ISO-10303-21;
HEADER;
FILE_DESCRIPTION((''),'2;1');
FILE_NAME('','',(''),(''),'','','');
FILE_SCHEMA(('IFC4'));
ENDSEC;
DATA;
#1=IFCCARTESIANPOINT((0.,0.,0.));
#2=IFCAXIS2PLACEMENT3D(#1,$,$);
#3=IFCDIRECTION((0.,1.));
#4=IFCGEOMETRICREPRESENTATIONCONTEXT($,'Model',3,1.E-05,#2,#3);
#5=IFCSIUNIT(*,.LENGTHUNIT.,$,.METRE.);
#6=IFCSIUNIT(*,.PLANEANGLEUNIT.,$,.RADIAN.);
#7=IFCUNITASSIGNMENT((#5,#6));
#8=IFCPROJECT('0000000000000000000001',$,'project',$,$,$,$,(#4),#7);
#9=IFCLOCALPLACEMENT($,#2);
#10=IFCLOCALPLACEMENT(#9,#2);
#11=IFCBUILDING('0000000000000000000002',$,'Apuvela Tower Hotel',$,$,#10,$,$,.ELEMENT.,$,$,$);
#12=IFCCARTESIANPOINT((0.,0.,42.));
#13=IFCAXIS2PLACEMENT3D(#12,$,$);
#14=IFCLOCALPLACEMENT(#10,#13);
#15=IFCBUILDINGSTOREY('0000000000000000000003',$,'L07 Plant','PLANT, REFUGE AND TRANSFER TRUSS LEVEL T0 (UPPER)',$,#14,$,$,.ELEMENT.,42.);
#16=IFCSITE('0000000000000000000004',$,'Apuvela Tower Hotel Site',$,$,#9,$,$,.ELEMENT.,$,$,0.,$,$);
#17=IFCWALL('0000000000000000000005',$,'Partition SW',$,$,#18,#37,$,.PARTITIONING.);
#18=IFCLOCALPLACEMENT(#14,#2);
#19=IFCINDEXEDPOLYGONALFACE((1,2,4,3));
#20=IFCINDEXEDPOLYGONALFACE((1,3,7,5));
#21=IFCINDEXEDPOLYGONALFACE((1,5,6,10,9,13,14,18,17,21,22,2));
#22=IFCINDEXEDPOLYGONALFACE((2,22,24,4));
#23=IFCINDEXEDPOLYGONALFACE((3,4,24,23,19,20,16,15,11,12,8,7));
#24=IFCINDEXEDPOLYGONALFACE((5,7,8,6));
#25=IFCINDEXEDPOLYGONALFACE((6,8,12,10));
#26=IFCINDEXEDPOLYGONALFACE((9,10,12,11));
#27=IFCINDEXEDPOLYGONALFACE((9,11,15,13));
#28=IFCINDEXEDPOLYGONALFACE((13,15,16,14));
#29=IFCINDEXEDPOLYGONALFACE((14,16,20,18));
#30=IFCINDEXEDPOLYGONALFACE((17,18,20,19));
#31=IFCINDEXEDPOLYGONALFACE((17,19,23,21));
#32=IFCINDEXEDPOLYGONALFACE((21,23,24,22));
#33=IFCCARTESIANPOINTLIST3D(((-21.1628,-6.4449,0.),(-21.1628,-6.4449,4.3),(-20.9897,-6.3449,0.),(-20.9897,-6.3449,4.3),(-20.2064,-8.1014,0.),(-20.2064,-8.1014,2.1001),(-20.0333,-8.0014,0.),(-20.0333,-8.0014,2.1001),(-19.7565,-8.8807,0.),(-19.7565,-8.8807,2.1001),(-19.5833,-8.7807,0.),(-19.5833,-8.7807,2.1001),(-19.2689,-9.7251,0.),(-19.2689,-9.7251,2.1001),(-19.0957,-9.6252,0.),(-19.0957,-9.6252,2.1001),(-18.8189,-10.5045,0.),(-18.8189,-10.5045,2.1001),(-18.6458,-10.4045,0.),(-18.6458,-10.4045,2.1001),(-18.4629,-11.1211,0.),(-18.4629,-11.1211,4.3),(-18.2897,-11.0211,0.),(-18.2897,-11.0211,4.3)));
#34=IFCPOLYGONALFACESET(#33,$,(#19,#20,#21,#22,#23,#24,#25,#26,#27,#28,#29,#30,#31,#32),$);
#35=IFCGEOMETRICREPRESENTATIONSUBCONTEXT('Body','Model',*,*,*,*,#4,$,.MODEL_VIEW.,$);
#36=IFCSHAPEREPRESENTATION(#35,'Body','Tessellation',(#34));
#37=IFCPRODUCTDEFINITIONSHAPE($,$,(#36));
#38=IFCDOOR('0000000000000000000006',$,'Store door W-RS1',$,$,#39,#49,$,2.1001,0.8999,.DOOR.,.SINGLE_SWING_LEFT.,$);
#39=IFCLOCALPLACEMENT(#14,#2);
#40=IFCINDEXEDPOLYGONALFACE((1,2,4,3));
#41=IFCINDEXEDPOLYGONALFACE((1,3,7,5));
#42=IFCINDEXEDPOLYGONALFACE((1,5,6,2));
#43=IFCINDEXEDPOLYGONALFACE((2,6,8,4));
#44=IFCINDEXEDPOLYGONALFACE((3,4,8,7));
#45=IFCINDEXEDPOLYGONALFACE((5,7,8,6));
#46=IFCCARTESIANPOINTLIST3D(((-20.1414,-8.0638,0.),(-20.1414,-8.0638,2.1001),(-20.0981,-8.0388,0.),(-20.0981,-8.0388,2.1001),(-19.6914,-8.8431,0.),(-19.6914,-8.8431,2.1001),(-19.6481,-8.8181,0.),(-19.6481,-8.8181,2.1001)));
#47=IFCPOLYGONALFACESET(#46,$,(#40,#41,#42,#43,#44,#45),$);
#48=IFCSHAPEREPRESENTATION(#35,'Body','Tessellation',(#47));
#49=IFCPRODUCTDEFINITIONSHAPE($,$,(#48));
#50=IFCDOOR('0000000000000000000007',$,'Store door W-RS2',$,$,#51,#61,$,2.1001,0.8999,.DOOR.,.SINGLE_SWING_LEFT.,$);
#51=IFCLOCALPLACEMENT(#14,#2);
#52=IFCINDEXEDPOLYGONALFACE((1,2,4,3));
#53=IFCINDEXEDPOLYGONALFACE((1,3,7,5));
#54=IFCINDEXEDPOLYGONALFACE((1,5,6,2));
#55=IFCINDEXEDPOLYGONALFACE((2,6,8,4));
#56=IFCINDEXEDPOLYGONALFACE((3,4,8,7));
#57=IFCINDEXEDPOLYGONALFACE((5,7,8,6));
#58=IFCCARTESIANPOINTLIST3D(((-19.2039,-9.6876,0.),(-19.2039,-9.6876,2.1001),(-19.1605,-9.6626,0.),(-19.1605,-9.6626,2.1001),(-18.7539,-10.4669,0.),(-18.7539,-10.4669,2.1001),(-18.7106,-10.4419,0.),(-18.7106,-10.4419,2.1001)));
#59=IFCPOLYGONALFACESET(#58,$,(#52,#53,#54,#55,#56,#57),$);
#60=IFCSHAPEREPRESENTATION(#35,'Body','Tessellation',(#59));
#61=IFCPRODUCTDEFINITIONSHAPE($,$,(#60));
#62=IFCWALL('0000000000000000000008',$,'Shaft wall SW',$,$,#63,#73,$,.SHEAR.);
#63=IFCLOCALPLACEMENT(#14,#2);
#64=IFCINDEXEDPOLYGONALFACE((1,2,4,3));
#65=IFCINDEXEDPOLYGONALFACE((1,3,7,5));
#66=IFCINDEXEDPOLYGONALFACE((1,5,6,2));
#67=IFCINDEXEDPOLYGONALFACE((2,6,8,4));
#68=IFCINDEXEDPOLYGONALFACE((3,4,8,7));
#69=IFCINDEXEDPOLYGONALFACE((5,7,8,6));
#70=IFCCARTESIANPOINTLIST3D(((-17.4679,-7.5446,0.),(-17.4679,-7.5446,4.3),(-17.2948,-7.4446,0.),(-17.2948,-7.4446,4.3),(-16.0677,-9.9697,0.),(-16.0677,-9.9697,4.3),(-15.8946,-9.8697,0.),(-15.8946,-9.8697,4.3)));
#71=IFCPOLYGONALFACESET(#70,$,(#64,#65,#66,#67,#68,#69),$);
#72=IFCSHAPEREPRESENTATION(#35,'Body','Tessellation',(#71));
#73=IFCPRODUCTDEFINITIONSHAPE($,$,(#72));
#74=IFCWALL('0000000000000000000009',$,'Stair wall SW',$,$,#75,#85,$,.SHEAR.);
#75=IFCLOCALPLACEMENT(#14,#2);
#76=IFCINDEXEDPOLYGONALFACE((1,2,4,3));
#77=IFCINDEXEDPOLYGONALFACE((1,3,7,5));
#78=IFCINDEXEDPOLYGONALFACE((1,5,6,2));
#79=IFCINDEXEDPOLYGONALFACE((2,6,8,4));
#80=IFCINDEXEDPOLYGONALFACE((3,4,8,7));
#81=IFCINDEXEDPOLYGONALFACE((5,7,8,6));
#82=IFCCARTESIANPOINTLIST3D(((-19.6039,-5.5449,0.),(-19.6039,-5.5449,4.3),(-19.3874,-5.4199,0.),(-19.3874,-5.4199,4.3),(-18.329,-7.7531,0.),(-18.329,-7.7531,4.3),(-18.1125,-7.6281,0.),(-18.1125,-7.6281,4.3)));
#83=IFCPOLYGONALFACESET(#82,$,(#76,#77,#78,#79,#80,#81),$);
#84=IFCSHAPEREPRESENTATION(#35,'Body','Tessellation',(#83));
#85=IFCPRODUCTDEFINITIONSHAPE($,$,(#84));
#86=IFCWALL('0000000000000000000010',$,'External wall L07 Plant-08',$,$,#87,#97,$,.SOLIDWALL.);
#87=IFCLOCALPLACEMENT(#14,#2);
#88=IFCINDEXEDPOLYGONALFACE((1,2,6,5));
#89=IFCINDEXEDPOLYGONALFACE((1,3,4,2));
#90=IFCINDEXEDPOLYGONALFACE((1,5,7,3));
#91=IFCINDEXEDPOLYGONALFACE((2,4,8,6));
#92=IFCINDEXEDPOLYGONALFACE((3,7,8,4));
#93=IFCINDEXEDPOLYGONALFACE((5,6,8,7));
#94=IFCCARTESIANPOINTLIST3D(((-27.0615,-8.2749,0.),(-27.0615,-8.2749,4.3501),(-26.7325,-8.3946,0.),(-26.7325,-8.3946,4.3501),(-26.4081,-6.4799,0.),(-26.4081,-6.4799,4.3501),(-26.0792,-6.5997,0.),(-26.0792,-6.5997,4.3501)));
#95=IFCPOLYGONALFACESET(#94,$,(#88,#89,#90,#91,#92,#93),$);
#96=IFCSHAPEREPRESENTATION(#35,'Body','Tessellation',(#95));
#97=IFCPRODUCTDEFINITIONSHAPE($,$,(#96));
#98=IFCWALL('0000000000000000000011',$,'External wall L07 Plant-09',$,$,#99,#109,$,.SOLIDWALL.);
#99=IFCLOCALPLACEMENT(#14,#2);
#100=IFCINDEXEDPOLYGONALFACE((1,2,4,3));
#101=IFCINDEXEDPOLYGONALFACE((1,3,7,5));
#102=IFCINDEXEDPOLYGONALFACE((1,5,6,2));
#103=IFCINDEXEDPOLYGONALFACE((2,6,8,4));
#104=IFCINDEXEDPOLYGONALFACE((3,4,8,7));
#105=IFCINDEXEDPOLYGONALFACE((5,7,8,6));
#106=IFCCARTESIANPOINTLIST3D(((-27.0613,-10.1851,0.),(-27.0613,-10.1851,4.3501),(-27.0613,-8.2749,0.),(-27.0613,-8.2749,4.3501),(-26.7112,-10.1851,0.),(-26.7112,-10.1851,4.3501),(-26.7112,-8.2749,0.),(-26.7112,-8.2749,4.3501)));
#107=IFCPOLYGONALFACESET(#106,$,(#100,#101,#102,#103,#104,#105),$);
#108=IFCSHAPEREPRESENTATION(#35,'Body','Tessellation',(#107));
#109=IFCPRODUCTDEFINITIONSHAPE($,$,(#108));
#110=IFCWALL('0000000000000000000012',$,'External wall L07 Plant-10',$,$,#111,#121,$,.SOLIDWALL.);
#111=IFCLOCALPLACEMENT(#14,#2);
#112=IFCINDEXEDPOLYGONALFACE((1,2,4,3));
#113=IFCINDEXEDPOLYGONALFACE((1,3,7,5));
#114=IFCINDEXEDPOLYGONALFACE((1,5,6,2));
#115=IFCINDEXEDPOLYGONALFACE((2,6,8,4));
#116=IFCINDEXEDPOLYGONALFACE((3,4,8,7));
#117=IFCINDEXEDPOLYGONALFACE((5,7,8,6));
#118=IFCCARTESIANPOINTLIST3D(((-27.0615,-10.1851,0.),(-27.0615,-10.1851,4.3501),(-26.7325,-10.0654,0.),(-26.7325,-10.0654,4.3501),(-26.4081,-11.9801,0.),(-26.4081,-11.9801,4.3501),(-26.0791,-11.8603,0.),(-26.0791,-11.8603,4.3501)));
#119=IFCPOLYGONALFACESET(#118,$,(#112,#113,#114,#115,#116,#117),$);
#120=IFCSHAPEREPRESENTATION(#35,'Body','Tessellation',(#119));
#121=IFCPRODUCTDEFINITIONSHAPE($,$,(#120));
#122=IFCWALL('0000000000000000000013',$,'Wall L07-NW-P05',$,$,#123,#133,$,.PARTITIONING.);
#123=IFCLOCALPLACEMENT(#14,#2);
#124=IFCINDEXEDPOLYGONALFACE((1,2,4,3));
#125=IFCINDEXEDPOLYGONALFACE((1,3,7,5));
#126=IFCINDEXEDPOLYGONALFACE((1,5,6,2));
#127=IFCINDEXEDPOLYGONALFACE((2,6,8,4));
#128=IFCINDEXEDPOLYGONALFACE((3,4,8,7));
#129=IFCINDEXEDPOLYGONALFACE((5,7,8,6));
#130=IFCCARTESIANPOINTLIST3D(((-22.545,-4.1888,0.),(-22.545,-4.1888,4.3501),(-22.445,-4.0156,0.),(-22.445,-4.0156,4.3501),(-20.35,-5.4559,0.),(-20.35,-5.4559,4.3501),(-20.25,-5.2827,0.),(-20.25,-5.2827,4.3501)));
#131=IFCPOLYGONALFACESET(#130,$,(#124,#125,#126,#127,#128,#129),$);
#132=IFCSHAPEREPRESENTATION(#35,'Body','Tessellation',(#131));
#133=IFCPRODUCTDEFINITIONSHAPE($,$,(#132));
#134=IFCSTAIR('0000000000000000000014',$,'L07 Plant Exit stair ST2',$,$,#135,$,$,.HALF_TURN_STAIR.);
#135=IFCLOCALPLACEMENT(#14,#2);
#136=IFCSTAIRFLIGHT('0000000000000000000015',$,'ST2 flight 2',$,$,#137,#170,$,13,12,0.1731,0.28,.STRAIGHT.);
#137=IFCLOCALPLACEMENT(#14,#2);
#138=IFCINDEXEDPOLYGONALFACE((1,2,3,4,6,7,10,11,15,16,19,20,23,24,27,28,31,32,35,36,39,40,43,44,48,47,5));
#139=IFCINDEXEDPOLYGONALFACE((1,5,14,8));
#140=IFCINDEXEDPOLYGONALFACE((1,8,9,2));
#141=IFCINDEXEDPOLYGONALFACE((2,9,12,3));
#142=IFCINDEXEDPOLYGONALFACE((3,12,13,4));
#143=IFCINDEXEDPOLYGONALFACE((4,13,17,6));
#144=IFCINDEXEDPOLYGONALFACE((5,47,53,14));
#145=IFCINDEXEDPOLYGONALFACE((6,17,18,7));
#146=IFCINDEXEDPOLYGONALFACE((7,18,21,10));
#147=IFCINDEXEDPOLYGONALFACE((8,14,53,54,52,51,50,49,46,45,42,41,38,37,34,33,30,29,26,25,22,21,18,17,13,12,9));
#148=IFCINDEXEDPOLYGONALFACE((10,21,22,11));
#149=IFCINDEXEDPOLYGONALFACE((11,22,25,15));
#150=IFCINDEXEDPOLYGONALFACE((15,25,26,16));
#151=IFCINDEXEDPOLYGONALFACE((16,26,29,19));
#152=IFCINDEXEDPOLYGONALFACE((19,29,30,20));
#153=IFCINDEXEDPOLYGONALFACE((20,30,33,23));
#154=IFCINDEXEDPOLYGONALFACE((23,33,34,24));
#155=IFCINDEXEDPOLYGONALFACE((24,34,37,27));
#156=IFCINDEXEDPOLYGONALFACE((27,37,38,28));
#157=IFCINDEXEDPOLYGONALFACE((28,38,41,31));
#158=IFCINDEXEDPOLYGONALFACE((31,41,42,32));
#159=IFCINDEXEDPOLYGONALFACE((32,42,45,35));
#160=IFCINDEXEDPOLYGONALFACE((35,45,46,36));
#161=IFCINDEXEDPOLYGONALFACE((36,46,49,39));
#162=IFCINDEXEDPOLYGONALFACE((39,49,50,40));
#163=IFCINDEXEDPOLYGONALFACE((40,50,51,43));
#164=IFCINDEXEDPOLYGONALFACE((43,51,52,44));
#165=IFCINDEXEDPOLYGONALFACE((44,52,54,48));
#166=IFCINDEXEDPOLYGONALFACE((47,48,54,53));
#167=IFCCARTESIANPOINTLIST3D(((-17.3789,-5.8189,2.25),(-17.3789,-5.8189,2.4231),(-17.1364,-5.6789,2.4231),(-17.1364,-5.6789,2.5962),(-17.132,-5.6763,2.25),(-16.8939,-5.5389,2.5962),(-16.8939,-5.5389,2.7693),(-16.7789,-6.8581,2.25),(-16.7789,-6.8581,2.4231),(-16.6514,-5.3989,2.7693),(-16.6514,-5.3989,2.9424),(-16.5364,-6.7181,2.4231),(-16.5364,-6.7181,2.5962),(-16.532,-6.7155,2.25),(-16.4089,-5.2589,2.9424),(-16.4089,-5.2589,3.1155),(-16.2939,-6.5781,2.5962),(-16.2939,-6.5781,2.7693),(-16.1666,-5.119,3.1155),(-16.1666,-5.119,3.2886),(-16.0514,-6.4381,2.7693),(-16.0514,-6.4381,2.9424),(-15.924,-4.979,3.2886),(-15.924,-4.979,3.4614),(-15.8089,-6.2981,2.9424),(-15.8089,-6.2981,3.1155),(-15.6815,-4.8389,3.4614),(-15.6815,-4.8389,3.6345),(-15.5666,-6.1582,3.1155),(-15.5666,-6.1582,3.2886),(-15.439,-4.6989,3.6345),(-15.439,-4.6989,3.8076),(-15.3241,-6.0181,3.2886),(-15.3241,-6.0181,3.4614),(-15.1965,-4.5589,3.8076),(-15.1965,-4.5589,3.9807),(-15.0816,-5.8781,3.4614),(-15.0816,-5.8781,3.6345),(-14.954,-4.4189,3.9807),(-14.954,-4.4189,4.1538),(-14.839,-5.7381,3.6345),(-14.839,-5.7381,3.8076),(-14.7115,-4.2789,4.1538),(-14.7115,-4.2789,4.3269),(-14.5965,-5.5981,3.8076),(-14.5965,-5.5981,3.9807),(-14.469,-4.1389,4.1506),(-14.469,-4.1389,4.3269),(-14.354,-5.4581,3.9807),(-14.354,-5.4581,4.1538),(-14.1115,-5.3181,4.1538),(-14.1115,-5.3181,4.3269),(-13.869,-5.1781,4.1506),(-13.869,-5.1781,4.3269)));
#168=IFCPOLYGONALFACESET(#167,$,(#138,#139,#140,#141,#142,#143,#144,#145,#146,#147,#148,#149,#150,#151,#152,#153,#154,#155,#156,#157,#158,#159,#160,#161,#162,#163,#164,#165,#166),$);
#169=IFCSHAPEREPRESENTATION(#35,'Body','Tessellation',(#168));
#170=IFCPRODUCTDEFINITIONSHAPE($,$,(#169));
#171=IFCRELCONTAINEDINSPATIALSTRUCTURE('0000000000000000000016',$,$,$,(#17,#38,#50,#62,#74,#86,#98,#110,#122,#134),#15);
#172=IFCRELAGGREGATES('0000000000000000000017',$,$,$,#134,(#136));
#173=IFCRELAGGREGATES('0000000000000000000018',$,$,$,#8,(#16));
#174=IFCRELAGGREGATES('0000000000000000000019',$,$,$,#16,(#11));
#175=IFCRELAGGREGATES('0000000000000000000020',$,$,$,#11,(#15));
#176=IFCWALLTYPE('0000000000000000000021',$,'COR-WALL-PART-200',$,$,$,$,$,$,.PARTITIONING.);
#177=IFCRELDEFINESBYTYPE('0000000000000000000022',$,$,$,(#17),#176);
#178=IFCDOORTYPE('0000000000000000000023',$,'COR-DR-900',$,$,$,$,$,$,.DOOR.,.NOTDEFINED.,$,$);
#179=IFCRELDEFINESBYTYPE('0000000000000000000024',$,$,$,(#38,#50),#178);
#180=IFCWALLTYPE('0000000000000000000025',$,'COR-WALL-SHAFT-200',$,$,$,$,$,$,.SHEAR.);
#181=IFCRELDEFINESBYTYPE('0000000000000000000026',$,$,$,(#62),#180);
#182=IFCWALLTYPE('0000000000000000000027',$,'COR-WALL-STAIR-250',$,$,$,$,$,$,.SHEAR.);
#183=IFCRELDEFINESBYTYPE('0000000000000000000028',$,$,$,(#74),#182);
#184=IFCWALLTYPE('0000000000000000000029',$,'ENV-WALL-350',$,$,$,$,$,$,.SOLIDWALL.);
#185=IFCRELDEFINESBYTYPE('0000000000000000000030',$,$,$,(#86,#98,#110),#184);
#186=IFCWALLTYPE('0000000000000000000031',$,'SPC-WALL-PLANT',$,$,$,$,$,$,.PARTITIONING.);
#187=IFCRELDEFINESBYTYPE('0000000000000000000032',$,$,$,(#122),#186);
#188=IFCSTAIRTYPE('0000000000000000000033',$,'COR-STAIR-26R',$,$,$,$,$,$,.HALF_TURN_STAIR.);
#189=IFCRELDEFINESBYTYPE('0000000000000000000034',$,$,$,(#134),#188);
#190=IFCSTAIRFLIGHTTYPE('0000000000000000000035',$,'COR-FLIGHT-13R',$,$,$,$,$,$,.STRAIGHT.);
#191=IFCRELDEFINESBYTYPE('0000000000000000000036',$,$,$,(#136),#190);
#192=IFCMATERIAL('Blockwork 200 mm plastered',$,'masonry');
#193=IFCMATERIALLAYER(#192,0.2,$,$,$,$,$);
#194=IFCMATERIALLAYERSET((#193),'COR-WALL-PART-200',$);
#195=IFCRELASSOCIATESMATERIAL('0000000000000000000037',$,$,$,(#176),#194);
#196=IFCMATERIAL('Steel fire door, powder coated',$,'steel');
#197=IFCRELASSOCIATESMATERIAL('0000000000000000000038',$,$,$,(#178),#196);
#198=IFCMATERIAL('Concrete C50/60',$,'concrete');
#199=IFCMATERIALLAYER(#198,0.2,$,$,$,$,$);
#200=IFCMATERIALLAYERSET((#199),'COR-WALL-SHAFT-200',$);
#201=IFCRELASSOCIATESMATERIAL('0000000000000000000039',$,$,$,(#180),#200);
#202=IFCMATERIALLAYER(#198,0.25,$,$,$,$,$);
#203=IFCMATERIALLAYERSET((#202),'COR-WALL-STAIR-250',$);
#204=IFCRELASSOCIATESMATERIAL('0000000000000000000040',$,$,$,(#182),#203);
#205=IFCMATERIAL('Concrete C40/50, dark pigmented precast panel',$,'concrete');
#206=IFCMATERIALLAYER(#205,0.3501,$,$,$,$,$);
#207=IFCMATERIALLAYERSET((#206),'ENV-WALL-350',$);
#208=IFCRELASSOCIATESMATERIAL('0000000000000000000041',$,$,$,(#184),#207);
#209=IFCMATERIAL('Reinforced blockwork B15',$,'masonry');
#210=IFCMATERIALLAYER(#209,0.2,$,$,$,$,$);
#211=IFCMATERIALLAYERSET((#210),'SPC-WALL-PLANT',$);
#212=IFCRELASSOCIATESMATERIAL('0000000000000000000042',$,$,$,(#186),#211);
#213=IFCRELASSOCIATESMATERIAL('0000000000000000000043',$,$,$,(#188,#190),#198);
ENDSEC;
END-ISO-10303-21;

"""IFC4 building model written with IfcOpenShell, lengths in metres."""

from ifc_helpers import new_model, si_unit, direction, frame, frame_2d, origin, place, context, subcontext, project, spatial, polyline, rectangle, outline, extrude, material, layer, layer_set, type_object, element, fill, aggregate, save


model = new_model("IFC4")

# Units and contexts
model_context = context("Model", 3, precision=1e-05, world=origin(), true_north=direction((0.0, 1.0)))
body_context = subcontext(model_context, "Body", "Model", "MODEL_VIEW")
ifc_project = project(units=[si_unit("LENGTHUNIT", "METRE"), si_unit("PLANEANGLEUNIT", "RADIAN")], contexts=[model_context])

# Site, building, storey
site_placement = place(None, origin())
site = spatial("IfcSite", under=ifc_project, at=site_placement, Name="Apuvela Tower Hotel Site", CompositionType="ELEMENT", RefElevation=0.0)
building_placement = place(site_placement, origin())
building = spatial("IfcBuilding", under=site, at=building_placement, Name="Apuvela Tower Hotel", CompositionType="ELEMENT")
storey_placement = place(building_placement, frame((0.0, 0.0, 42.0)))
storey = spatial("IfcBuildingStorey", under=building, at=storey_placement, Name="L07 Plant", Description="PLANT, REFUGE AND TRANSFER TRUSS LEVEL T0 (UPPER)", CompositionType="ELEMENT", Elevation=42.0)

# Wall, openings, doors
ifc_material_1 = material(Name="Blockwork 200 mm plastered", Category="masonry")
ifc_layer_1 = layer(ifc_material_1, 0.2)
ifc_layer_set_1 = layer_set([ifc_layer_1], Name="COR-WALL-PART-200")
wall_type_1 = type_object("IfcWallType", Name="COR-WALL-PART-200", PredefinedType="PARTITIONING", material=ifc_layer_set_1)
wall_1_placement = place(storey_placement, frame((-21.0762, -6.395, 0.0), z_axis=(0.0, 0.0, 1.0), x_axis=(0.500015, -0.866017, 0.0)))
wall_1 = element("IfcWall", 1, at=wall_1_placement, inside=storey, type_object=wall_type_1, Name="Partition SW", PredefinedType="PARTITIONING", context=body_context, shape_type="SweptSolid", body=[
    extrude(rectangle(XDim=5.3997, YDim=0.2, at=frame_2d((2.6997, 0.0))), origin(), (0.0, 0.0, 1.0), 4.3),
])
opening_1_placement = place(wall_1_placement, frame((1.9126, 0.0, 0.0)))
opening_1 = element("IfcOpeningElement", 2, at=opening_1_placement, cuts=wall_1, PredefinedType="OPENING", context=body_context, shape_type="SweptSolid", body=[
    extrude(rectangle(XDim=0.8999, YDim=2.1001, at=frame_2d((0.45, 1.05))), frame((0.0, 0.1099, 0.0), z_axis=(0.0, -1.0, 0.0), x_axis=(1.0, 0.0, 0.0)), (0.0, 0.0, 1.0), 0.22),
])
opening_2_placement = place(wall_1_placement, frame((3.7876, 0.0, 0.0)))
opening_2 = element("IfcOpeningElement", 3, at=opening_2_placement, cuts=wall_1, PredefinedType="OPENING", context=body_context, shape_type="SweptSolid", body=[
    extrude(rectangle(XDim=0.8999, YDim=2.1001, at=frame_2d((0.45, 1.05))), frame((0.0, 0.1099, 0.0), z_axis=(0.0, -1.0, 0.0), x_axis=(1.0, 0.0, 0.0)), (0.0, 0.0, 1.0), 0.22),
])
ifc_material_2 = material(Name="Steel fire door, powder coated", Category="steel")
door_type_1 = type_object("IfcDoorType", Name="COR-DR-900", OperationType="NOTDEFINED", PredefinedType="DOOR", material=ifc_material_2)
door_1_placement = place(opening_1_placement, frame((0.8999, 0.0, 0.0), z_axis=(0.0, 0.0, 1.0), x_axis=(-1.0, 0.0, 0.0)))
door_1 = element("IfcDoor", 4, at=door_1_placement, inside=storey, type_object=door_type_1, Name="Store door W-RS1", OperationType="SINGLE_SWING_LEFT", OverallHeight=2.1001, OverallWidth=0.8999, PredefinedType="DOOR", context=body_context, shape_type="SweptSolid", body=[
    extrude(rectangle(XDim=0.8999, YDim=2.1001, at=frame_2d((0.45, 1.05))), frame((0.0, 0.0249, 0.0), z_axis=(0.0, -1.0, 0.0), x_axis=(1.0, 0.0, 0.0)), (0.0, 0.0, 1.0), 0.05),
])
fill(opening_1, door_1)
door_2_placement = place(opening_2_placement, frame((0.8999, 0.0, 0.0), z_axis=(0.0, 0.0, 1.0), x_axis=(-1.0, 0.0, 0.0)))
door_2 = element("IfcDoor", 5, at=door_2_placement, inside=storey, type_object=door_type_1, Name="Store door W-RS2", OperationType="SINGLE_SWING_LEFT", OverallHeight=2.1001, OverallWidth=0.8999, PredefinedType="DOOR", context=body_context, shape_type="SweptSolid", body=[
    extrude(rectangle(XDim=0.8999, YDim=2.1001, at=frame_2d((0.45, 1.05))), frame((0.0, 0.0249, 0.0), z_axis=(0.0, -1.0, 0.0), x_axis=(1.0, 0.0, 0.0)), (0.0, 0.0, 1.0), 0.05),
])
fill(opening_2, door_2)

# Walls
ifc_material_3 = material(Name="Concrete C50/60", Category="concrete")
ifc_layer_2 = layer(ifc_material_3, 0.2)
ifc_layer_set_2 = layer_set([ifc_layer_2], Name="COR-WALL-SHAFT-200")
wall_type_2 = type_object("IfcWallType", Name="COR-WALL-SHAFT-200", PredefinedType="SHEAR", material=ifc_layer_set_2)
wall_2_placement = place(storey_placement, frame((-17.3813, -7.4946, 0.0), z_axis=(0.0, 0.0, 1.0), x_axis=(0.500012, -0.866019, 0.0)))
element("IfcWall", 6, at=wall_2_placement, inside=storey, type_object=wall_type_2, Name="Shaft wall SW", PredefinedType="SHEAR", context=body_context, shape_type="SweptSolid", body=[
    extrude(rectangle(XDim=2.8003, YDim=0.2, at=frame_2d((1.4001, 0.0))), origin(), (0.0, 0.0, 1.0), 4.3),
])
ifc_layer_3 = layer(ifc_material_3, 0.25)
ifc_layer_set_3 = layer_set([ifc_layer_3], Name="COR-WALL-STAIR-250")
wall_type_3 = type_object("IfcWallType", Name="COR-WALL-STAIR-250", PredefinedType="SHEAR", material=ifc_layer_set_3)
wall_3_placement = place(storey_placement, frame((-19.4956, -5.4824, 0.0), z_axis=(0.0, 0.0, 1.0), x_axis=(0.49999, -0.866031, 0.0)))
element("IfcWall", 7, at=wall_3_placement, inside=storey, type_object=wall_type_3, Name="Stair wall SW", PredefinedType="SHEAR", context=body_context, shape_type="SweptSolid", body=[
    extrude(rectangle(XDim=2.5498, YDim=0.25, at=frame_2d((1.2749, 0.0))), origin(), (0.0, 0.0, 1.0), 4.3),
])
ifc_material_4 = material(Name="Concrete C40/50, dark pigmented precast panel", Category="concrete")
ifc_layer_4 = layer(ifc_material_4, 0.3501)
ifc_layer_set_4 = layer_set([ifc_layer_4], Name="ENV-WALL-350")
wall_type_4 = type_object("IfcWallType", Name="ENV-WALL-350", PredefinedType="SOLIDWALL", material=ifc_layer_set_4)
for number, where, z_axis, x_axis, name in (
    (8, (-26.2437, -6.5398, 0.0), (0.0, 0.0, 1.0), (-0.34203, -0.939689, 0.0), "External wall L07 Plant-08"),
    (9, (-26.8862, -8.2749, 0.0), (0.0, 0.0, 1.0), (0.0, -1.0, 0.0), "External wall L07 Plant-09"),
    (10, (-26.897, -10.1252, 0.0), (0.0, 0.0, 1.0), (0.34203, -0.939689, 0.0), "External wall L07 Plant-10"),
):
    element("IfcWall", number, at=place(storey_placement, frame(where, z_axis=z_axis, x_axis=x_axis)), inside=storey, type_object=wall_type_4, Name=name, PredefinedType="SOLIDWALL", context=body_context, shape_type="SweptSolid", body=[
        extrude(rectangle(XDim=1.9102, YDim=0.3501, at=frame_2d((0.9551, 0.0))), origin(), (0.0, 0.0, 1.0), 4.3501),
    ])
ifc_material_5 = material(Name="Reinforced blockwork B15", Category="masonry")
ifc_layer_5 = layer(ifc_material_5, 0.2)
ifc_layer_set_5 = layer_set([ifc_layer_5], Name="SPC-WALL-PLANT")
wall_type_5 = type_object("IfcWallType", Name="SPC-WALL-PLANT", PredefinedType="PARTITIONING", material=ifc_layer_set_5)
wall_4_placement = place(storey_placement, frame((-22.4949, -4.1023, 0.0), z_axis=(0.0, 0.0, 1.0), x_axis=(0.866065, -0.499931, 0.0)))
element("IfcWall", 11, at=wall_4_placement, inside=storey, type_object=wall_type_5, Name="Wall L07-NW-P05", PredefinedType="PARTITIONING", context=body_context, shape_type="SweptSolid", body=[
    extrude(rectangle(XDim=2.5344, YDim=0.2, at=frame_2d((1.2671, 0.0))), origin(), (0.0, 0.0, 1.0), 4.3501),
])

# Stair, stair flight
stair_type = type_object("IfcStairType", Name="COR-STAIR-26R", PredefinedType="HALF_TURN_STAIR", material=ifc_material_3)
stair_placement = place(storey_placement, origin())
stair = element("IfcStair", 12, at=stair_placement, inside=storey, type_object=stair_type, Name="L07 Plant Exit stair ST2", PredefinedType="HALF_TURN_STAIR")
stair_flight_type = type_object("IfcStairFlightType", Name="COR-FLIGHT-13R", PredefinedType="STRAIGHT", material=ifc_material_3)
stair_flight_placement = place(storey_placement, frame((-17.0789, -6.3386, 2.25), z_axis=(0.0, 0.0, 1.0), x_axis=(0.866025, 0.5, 0.0)))
stair_flight = element("IfcStairFlight", 13, at=stair_flight_placement, type_object=stair_flight_type, Name="ST2 flight 2", NumberOfRisers=13, NumberOfTreads=12, PredefinedType="STRAIGHT", RiserHeight=0.1731, TreadLength=0.28, context=body_context, shape_type="SweptSolid", body=[
    extrude(outline(polyline([(0.0, 0.0), (0.0, 0.1731), (0.28, 0.1731), (0.28, 0.3462), (0.5601, 0.3462), (0.5601, 0.5193), (0.8401, 0.5193), (0.8401, 0.6924), (1.1201, 0.6924), (1.1201, 0.8655), (1.3999, 0.8655), (1.3999, 1.0386), (1.6799, 1.0386), (1.6799, 1.2114), (1.96, 1.2114), (1.96, 1.3845), (2.24, 1.3845), (2.24, 1.5576), (2.52, 1.5576), (2.52, 1.7307), (2.8, 1.7307), (2.8, 1.9038), (3.0801, 1.9038), (3.0801, 2.0769), (3.3601, 2.0769), (3.3601, 2.25), (3.3601, 1.9006), (0.2852, 0.0), (0.0, 0.0)])), frame((0.0, 0.6001, 0.0), z_axis=(0.0, -1.0, 0.0), x_axis=(1.0, 0.0, 0.0)), (0.0, 0.0, 1.0), 1.2),
])
aggregate(stair, [stair_flight])

save(model, "model.ifc")
